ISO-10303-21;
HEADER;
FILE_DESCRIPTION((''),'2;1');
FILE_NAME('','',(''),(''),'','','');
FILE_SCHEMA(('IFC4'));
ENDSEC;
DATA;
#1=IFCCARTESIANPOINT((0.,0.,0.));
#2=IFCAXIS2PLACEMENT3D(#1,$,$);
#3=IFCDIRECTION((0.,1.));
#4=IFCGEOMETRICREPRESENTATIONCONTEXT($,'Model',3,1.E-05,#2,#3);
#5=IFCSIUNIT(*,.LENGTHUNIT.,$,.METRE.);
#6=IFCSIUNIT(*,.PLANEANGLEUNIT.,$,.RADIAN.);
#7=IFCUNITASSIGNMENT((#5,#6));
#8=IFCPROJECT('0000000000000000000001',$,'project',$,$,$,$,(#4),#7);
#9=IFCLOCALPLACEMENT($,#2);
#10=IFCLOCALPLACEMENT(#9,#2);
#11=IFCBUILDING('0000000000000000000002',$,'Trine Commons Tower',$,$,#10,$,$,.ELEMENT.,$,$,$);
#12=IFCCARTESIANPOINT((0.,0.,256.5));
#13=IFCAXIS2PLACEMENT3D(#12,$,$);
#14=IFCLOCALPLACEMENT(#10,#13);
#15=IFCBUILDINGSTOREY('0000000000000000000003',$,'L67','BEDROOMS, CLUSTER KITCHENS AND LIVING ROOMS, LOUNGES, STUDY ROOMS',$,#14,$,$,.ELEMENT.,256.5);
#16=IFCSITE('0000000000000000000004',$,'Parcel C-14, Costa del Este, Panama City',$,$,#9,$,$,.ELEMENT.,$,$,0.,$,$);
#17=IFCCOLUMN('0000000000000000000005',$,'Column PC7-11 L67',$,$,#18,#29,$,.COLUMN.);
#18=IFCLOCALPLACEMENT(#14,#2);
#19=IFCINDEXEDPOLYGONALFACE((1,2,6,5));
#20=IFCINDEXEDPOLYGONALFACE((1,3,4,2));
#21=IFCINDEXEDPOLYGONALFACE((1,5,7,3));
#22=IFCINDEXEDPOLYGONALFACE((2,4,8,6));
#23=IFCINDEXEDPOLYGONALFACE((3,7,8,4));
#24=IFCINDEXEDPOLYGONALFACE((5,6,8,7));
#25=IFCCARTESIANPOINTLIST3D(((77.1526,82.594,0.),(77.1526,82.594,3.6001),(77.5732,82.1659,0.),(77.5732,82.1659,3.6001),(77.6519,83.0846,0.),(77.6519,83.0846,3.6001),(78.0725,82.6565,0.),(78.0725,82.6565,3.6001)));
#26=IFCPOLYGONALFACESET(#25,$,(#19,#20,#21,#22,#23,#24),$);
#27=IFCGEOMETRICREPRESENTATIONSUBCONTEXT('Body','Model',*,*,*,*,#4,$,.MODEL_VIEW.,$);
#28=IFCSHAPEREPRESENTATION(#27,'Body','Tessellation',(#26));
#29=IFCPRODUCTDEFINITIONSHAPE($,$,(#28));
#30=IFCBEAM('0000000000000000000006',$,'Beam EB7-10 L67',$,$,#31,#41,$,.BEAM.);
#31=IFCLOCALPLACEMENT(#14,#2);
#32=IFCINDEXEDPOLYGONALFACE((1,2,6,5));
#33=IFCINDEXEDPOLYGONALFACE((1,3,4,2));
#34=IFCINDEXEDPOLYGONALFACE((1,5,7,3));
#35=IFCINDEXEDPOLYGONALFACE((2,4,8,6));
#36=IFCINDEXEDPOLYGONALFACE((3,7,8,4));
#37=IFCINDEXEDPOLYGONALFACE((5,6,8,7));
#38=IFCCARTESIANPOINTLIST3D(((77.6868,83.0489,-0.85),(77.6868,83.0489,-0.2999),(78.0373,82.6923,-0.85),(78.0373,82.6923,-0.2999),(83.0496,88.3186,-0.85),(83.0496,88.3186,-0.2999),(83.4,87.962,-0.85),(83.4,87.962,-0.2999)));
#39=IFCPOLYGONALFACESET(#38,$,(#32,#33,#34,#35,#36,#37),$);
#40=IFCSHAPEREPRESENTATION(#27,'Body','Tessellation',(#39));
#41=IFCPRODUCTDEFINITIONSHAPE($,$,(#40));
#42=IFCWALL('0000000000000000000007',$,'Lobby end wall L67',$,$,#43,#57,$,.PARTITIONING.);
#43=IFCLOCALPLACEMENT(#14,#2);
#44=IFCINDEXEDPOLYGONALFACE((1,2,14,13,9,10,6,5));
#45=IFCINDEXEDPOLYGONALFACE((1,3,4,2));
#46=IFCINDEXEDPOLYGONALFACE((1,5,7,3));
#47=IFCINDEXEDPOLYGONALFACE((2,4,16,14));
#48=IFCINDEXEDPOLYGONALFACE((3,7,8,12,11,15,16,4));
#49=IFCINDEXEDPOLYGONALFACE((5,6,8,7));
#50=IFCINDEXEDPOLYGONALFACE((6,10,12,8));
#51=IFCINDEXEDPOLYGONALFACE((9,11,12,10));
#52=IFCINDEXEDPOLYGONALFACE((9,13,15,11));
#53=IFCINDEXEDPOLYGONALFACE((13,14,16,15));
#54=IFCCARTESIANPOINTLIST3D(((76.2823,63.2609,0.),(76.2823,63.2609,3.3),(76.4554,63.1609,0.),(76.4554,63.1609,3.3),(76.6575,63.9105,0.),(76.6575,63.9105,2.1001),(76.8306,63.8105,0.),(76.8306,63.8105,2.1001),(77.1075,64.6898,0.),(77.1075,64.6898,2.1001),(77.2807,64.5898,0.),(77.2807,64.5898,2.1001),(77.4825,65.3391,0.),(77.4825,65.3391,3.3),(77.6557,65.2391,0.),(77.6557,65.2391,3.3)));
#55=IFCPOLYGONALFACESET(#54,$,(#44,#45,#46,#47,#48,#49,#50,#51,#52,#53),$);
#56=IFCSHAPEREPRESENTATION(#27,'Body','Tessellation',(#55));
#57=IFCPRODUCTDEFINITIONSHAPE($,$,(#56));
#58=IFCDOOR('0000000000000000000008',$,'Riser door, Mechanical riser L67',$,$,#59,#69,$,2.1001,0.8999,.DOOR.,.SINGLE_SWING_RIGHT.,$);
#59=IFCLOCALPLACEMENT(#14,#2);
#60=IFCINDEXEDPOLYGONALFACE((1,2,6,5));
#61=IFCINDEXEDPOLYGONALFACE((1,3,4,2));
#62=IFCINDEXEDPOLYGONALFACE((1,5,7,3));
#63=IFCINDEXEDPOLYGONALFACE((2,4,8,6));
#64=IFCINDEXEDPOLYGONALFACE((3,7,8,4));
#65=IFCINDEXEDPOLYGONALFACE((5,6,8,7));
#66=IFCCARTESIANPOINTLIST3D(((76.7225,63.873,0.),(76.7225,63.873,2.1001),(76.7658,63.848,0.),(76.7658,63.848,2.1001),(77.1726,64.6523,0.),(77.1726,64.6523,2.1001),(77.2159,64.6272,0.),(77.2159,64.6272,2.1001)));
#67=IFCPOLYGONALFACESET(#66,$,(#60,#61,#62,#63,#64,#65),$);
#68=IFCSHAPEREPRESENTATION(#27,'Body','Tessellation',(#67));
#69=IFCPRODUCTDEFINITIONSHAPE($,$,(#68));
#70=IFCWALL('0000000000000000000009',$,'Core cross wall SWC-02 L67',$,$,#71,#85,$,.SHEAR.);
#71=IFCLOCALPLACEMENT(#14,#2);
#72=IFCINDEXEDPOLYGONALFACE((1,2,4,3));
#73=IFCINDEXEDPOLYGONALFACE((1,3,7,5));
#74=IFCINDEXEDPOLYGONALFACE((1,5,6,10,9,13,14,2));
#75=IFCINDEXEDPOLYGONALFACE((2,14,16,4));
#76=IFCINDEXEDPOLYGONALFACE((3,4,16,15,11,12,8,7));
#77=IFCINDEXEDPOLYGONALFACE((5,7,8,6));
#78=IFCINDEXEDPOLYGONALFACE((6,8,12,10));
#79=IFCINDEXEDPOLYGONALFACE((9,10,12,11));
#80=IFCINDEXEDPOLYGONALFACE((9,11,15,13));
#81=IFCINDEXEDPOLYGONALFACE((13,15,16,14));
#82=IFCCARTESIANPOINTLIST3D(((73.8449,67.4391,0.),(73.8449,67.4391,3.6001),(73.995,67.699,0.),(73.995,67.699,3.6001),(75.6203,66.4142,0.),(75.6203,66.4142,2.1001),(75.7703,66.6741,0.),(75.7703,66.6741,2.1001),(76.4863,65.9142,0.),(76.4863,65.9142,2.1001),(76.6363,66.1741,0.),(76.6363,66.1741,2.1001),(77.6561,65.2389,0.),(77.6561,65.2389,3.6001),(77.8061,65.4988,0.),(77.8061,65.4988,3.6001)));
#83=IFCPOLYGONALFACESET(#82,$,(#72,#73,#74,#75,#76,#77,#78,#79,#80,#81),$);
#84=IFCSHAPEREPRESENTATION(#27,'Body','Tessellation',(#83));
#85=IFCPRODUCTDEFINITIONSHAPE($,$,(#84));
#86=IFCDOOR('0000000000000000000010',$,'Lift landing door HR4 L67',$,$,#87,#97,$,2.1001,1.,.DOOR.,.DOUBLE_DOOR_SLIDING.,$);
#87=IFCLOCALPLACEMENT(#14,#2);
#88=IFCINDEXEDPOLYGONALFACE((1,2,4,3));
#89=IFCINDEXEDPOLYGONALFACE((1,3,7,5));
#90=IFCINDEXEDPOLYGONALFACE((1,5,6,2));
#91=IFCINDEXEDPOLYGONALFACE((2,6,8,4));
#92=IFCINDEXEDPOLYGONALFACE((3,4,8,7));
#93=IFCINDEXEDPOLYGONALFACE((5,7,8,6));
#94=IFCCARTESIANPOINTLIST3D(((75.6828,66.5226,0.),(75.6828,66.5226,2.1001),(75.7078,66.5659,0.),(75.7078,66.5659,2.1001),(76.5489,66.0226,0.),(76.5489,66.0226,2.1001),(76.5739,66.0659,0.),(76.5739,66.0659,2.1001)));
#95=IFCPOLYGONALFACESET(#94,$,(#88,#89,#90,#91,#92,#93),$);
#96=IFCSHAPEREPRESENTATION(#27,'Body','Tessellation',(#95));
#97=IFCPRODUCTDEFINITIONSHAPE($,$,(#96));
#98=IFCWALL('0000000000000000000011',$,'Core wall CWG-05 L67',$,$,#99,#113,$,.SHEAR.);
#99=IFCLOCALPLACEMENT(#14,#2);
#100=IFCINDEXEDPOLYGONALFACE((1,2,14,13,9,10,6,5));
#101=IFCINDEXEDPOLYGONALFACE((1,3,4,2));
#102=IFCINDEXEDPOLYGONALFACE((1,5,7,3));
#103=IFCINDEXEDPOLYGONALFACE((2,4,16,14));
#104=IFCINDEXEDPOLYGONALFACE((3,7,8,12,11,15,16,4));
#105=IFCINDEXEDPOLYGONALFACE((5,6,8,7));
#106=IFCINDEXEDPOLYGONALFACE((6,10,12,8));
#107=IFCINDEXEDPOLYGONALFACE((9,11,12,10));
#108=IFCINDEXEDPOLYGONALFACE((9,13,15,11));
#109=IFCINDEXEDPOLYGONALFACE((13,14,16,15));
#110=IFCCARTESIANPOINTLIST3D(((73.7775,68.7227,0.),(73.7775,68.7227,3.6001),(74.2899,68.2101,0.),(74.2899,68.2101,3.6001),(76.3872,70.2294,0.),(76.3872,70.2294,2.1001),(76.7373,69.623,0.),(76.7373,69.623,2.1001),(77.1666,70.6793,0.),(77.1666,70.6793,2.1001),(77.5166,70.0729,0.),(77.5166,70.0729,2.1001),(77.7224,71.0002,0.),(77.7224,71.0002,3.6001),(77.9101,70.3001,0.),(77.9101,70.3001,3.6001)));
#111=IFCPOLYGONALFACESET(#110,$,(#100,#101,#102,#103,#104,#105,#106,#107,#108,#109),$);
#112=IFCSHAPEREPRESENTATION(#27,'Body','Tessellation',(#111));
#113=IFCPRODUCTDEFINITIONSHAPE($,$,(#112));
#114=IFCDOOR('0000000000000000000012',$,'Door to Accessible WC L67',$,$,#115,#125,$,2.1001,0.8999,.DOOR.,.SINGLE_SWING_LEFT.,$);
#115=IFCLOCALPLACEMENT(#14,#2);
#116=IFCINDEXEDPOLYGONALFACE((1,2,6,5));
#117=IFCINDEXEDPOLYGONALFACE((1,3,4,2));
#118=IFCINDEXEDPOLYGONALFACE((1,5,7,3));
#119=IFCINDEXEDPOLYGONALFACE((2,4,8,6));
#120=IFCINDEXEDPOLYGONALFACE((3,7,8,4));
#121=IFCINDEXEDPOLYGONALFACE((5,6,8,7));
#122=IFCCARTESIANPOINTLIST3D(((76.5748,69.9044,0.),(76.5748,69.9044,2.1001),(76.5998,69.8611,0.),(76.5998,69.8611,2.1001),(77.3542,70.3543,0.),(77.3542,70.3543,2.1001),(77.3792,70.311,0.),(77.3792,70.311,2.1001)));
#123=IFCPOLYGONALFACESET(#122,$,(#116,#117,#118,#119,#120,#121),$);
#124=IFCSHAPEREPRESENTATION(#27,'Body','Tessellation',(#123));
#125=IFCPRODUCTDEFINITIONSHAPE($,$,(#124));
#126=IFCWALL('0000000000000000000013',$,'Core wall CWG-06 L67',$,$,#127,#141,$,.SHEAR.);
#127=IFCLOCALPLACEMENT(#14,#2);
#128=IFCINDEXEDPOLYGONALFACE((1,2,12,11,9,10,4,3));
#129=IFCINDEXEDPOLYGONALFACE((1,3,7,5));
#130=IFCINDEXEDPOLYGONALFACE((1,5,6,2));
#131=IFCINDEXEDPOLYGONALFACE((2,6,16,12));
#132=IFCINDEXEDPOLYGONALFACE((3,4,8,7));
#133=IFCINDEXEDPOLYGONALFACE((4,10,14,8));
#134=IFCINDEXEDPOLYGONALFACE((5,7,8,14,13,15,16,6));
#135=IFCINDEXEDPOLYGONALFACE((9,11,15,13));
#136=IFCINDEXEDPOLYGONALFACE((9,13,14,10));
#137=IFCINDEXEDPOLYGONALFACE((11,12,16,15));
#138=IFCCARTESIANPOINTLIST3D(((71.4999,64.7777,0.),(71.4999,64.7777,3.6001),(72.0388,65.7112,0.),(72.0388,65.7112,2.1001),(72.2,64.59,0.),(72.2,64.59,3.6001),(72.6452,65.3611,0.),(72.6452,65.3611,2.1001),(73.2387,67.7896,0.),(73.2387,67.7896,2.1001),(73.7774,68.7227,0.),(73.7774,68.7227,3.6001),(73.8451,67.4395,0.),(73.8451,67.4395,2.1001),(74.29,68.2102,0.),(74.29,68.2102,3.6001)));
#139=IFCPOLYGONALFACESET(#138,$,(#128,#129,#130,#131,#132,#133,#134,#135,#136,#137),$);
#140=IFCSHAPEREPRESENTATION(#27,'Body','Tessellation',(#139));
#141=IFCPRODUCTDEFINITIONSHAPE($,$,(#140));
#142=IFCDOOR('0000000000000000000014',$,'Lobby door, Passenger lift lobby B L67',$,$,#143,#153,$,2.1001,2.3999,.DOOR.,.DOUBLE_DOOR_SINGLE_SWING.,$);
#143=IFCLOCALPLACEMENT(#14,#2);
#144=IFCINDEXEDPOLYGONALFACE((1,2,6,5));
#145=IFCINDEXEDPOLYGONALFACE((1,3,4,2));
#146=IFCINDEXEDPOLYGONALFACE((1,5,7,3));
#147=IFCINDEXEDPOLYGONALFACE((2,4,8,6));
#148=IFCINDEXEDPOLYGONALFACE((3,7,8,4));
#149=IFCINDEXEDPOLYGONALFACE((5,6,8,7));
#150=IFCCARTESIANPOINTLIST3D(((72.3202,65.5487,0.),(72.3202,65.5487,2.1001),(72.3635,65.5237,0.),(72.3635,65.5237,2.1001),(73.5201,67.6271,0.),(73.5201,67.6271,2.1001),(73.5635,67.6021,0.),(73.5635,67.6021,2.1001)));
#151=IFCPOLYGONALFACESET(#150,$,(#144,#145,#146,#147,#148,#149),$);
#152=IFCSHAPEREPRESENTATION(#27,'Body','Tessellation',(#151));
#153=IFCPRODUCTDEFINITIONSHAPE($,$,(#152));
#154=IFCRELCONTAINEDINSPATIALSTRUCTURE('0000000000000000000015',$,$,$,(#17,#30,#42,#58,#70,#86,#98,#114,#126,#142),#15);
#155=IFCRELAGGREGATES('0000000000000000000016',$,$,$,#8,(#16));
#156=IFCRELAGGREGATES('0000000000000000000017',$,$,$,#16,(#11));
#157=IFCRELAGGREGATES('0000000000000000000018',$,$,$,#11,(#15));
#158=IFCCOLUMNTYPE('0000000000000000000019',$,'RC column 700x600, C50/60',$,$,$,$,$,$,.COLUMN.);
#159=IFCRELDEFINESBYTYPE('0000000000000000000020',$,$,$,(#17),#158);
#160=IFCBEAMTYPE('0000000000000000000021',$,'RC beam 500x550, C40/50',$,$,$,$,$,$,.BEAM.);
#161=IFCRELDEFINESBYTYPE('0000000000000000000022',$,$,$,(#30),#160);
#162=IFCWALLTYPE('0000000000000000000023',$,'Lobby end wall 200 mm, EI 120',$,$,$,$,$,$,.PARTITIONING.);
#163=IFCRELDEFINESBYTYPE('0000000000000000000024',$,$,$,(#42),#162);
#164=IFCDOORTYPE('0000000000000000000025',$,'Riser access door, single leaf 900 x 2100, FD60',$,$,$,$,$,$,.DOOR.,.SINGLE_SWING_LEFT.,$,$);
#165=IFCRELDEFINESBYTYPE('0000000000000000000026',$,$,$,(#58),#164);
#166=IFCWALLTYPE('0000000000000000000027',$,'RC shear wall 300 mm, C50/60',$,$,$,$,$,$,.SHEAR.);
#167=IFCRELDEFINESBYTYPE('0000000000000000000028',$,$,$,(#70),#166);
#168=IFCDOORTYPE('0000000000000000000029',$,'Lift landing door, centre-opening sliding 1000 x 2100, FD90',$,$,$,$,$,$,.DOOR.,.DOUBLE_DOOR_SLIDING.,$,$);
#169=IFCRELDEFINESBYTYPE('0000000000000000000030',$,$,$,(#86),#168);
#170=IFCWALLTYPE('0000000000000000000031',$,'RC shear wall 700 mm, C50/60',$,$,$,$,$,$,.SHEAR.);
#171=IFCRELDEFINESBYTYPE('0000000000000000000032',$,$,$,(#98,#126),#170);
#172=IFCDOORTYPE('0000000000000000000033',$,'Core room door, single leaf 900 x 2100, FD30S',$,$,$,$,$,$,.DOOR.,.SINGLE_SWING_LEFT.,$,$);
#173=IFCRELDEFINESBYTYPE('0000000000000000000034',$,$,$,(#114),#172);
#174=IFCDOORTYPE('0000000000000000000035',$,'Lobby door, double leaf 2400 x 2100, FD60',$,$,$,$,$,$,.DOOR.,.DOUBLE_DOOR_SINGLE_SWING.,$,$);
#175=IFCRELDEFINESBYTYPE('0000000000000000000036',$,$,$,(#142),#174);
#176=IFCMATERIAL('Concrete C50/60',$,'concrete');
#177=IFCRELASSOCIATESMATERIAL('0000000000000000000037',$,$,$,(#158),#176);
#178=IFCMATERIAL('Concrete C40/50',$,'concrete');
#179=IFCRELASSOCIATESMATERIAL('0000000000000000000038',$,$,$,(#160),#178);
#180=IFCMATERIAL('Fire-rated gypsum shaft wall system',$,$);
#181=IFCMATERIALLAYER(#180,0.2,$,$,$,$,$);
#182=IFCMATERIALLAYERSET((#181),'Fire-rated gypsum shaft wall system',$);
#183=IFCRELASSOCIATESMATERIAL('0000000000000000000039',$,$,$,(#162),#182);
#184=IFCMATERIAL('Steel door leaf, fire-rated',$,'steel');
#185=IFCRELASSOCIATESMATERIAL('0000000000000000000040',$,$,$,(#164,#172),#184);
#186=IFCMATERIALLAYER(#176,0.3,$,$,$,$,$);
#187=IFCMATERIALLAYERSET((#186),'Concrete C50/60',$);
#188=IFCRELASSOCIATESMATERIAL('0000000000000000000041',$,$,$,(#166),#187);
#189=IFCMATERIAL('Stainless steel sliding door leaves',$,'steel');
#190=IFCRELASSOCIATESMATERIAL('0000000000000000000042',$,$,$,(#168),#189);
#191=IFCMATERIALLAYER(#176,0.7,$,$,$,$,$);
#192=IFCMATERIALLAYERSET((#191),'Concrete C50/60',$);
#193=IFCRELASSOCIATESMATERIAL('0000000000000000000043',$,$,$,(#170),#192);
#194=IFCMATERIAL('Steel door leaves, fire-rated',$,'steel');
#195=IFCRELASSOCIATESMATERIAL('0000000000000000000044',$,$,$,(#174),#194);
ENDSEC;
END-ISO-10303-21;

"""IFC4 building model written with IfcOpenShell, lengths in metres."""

from ifc_helpers import new_model, si_unit, direction, frame, frame_2d, origin, origin_2d, place, context, subcontext, project, spatial, polyline, rectangle, outline, extrude, material, layer, layer_set, material_profile, profile_set, type_object, element, fill, save


model = new_model("IFC4")

# Units and contexts
model_context = context("Model", 3, precision=1e-05, world=origin(), true_north=direction((0.0, 1.0)))
body_context = subcontext(model_context, "Body", "Model", "MODEL_VIEW")
ifc_project = project(units=[si_unit("LENGTHUNIT", "METRE"), si_unit("PLANEANGLEUNIT", "RADIAN")], contexts=[model_context])

# Site, building, storey
site_placement = place(None, origin())
site = spatial("IfcSite", under=ifc_project, at=site_placement, Name="Parcel C-14, Costa del Este, Panama City", CompositionType="ELEMENT", RefElevation=0.0)
building_placement = place(site_placement, origin())
building = spatial("IfcBuilding", under=site, at=building_placement, Name="Trine Commons Tower", CompositionType="ELEMENT")
storey_placement = place(building_placement, frame((0.0, 0.0, 256.5)))
storey = spatial("IfcBuildingStorey", under=building, at=storey_placement, Name="L67", Description="BEDROOMS, CLUSTER KITCHENS AND LIVING ROOMS, LOUNGES, STUDY ROOMS", CompositionType="ELEMENT", Elevation=256.5)

# Column
ifc_material_1 = material(Name="Concrete C50/60", Category="concrete")
ifc_material_profile_1 = material_profile(ifc_material_1, rectangle(XDim=0.7, YDim=0.6001, at=origin_2d()), Name="RC 700x600")
ifc_profile_set_1 = profile_set([ifc_material_profile_1], Name="Concrete C50/60")
column_type = type_object("IfcColumnType", Name="RC column 700x600, C50/60", PredefinedType="COLUMN", material=ifc_profile_set_1)
column_placement = place(storey_placement, frame((77.6125, 82.6252, 0.0), z_axis=(0.0, 0.0, 1.0), x_axis=(0.71325, 0.700909, 0.0)))
element("IfcColumn", 1, at=column_placement, inside=storey, type_object=column_type, Name="Column PC7-11 L67", PredefinedType="COLUMN", context=body_context, shape_type="SweptSolid", body=[
    extrude(rectangle(XDim=0.7, YDim=0.6001, at=origin_2d()), origin(), (0.0, 0.0, 1.0), 3.6001),
])

# Beam
ifc_material_2 = material(Name="Concrete C40/50", Category="concrete")
ifc_material_profile_2 = material_profile(ifc_material_2, rectangle(XDim=0.5, YDim=0.55, at=origin_2d()), Name="RC 500x550")
ifc_profile_set_2 = profile_set([ifc_material_profile_2], Name="Concrete C40/50")
beam_type = type_object("IfcBeamType", Name="RC beam 500x550, C40/50", PredefinedType="BEAM", material=ifc_profile_set_2)
beam_placement = place(storey_placement, frame((77.8621, 82.8706, -0.575), z_axis=(0.713266, 0.700894, 0.0), x_axis=(-0.700894, 0.713266, 0.0)))
element("IfcBeam", 2, at=beam_placement, inside=storey, type_object=beam_type, Name="Beam EB7-10 L67", PredefinedType="BEAM", context=body_context, shape_type="SweptSolid", body=[
    extrude(rectangle(XDim=0.5, YDim=0.55, at=origin_2d()), origin(), (0.0, 0.0, 1.0), 7.5186),
])

# Walls, openings, doors
ifc_material_3 = material(Name="Fire-rated gypsum shaft wall system")
ifc_layer_1 = layer(ifc_material_3, 0.2)
ifc_layer_set_1 = layer_set([ifc_layer_1], Name="Fire-rated gypsum shaft wall system")
wall_type_1 = type_object("IfcWallType", Name="Lobby end wall 200 mm, EI 120", PredefinedType="PARTITIONING", material=ifc_layer_set_1)
wall_1_placement = place(storey_placement, frame((77.5691, 65.2891, 0.0), z_axis=(0.0, 0.0, 1.0), x_axis=(-0.500122, -0.865955, 0.0)))
wall_1 = element("IfcWall", 3, at=wall_1_placement, inside=storey, type_object=wall_type_1, Name="Lobby end wall L67", PredefinedType="PARTITIONING", context=body_context, shape_type="SweptSolid", body=[
    extrude(rectangle(XDim=2.3999, YDim=0.2, at=frame_2d((1.2, 0.0))), origin(), (0.0, 0.0, 1.0), 3.3),
])
opening_1_placement = place(wall_1_placement, frame((0.7498, 0.0, 0.0)))
opening_1 = element("IfcOpeningElement", 4, at=opening_1_placement, cuts=wall_1, PredefinedType="OPENING", context=body_context, shape_type="SweptSolid", body=[
    extrude(rectangle(XDim=0.8999, YDim=2.1001, at=frame_2d((0.45, 1.05))), frame((0.0, 0.1099, 0.0), z_axis=(0.0, -1.0, 0.0), x_axis=(1.0, 0.0, 0.0)), (0.0, 0.0, 1.0), 0.22),
])
ifc_material_4 = material(Name="Steel door leaf, fire-rated", Category="steel")
door_type_1 = type_object("IfcDoorType", Name="Riser access door, single leaf 900 x 2100, FD60", OperationType="SINGLE_SWING_LEFT", PredefinedType="DOOR", material=ifc_material_4)
door_1_placement = place(opening_1_placement, frame((0.8999, 0.0, 0.0), z_axis=(0.0, 0.0, 1.0), x_axis=(-1.0, 0.0, 0.0)))
door_1 = element("IfcDoor", 5, at=door_1_placement, inside=storey, type_object=door_type_1, Name="Riser door, Mechanical riser L67", OperationType="SINGLE_SWING_RIGHT", OverallHeight=2.1001, OverallWidth=0.8999, PredefinedType="DOOR", context=body_context, shape_type="SweptSolid", body=[
    extrude(rectangle(XDim=0.8999, YDim=2.1001, at=frame_2d((0.45, 1.05))), frame((0.0, 0.0249, 0.0), z_axis=(0.0, -1.0, 0.0), x_axis=(1.0, 0.0, 0.0)), (0.0, 0.0, 1.0), 0.05),
])
fill(opening_1, door_1)
ifc_layer_2 = layer(ifc_material_1, 0.3)
ifc_layer_set_2 = layer_set([ifc_layer_2], Name="Concrete C50/60")
wall_type_2 = type_object("IfcWallType", Name="RC shear wall 300 mm, C50/60", PredefinedType="SHEAR", material=ifc_layer_set_2)
wall_2_placement = place(storey_placement, frame((77.731, 65.3689, 0.0), z_axis=(0.0, 0.0, 1.0), x_axis=(-0.866036, 0.499982, 0.0)))
wall_2 = element("IfcWall", 6, at=wall_2_placement, inside=storey, type_object=wall_type_2, Name="Core cross wall SWC-02 L67", PredefinedType="SHEAR", context=body_context, shape_type="SweptSolid", body=[
    extrude(rectangle(XDim=4.4006, YDim=0.3, at=frame_2d((2.2002, 0.0))), origin(), (0.0, 0.0, 1.0), 3.6001),
])
opening_2_placement = place(wall_2_placement, frame((1.3506, 0.0, 0.0)))
opening_2 = element("IfcOpeningElement", 7, at=opening_2_placement, cuts=wall_2, PredefinedType="OPENING", context=body_context, shape_type="SweptSolid", body=[
    extrude(rectangle(XDim=1.0, YDim=2.1001, at=frame_2d((0.5, 1.05))), frame((0.0, 0.1599, 0.0), z_axis=(0.0, -1.0, 0.0), x_axis=(1.0, 0.0, 0.0)), (0.0, 0.0, 1.0), 0.3201),
])
ifc_material_5 = material(Name="Stainless steel sliding door leaves", Category="steel")
door_type_2 = type_object("IfcDoorType", Name="Lift landing door, centre-opening sliding 1000 x 2100, FD90", OperationType="DOUBLE_DOOR_SLIDING", PredefinedType="DOOR", material=ifc_material_5)
door_2_placement = place(opening_2_placement, origin())
door_2 = element("IfcDoor", 8, at=door_2_placement, inside=storey, type_object=door_type_2, Name="Lift landing door HR4 L67", OperationType="DOUBLE_DOOR_SLIDING", OverallHeight=2.1001, OverallWidth=1.0, PredefinedType="DOOR", context=body_context, shape_type="SweptSolid", body=[
    extrude(rectangle(XDim=1.0, YDim=2.1001, at=frame_2d((0.5, 1.05))), frame((0.0, 0.0249, 0.0), z_axis=(0.0, -1.0, 0.0), x_axis=(1.0, 0.0, 0.0)), (0.0, 0.0, 1.0), 0.05),
])
fill(opening_2, door_2)
ifc_layer_3 = layer(ifc_material_1, 0.7)
ifc_layer_set_3 = layer_set([ifc_layer_3], Name="Concrete C50/60")
wall_type_3 = type_object("IfcWallType", Name="RC shear wall 700 mm, C50/60", PredefinedType="SHEAR", material=ifc_layer_set_3)
wall_3_placement = place(storey_placement, frame((77.8975, 70.697, 0.0), z_axis=(0.0, 0.0, 1.0), x_axis=(-0.866035, -0.499984, 0.0)))
wall_3 = element("IfcWall", 9, at=wall_3_placement, inside=storey, type_object=wall_type_3, Name="Core wall CWG-05 L67", PredefinedType="SHEAR", context=body_context, shape_type="SweptSolid", body=[
    extrude(outline(polyline([(0.0, -0.3501), (4.5552, -0.3501), (4.3677, 0.3501), (0.1875, 0.3501), (0.0, -0.3501)])), origin(), (0.0, 0.0, 1.0), 3.6001),
])
opening_3_placement = place(wall_3_placement, frame((0.6418, 0.0, 0.0)))
opening_3 = element("IfcOpeningElement", 10, at=opening_3_placement, cuts=wall_3, PredefinedType="OPENING", context=body_context, shape_type="SweptSolid", body=[
    extrude(rectangle(XDim=0.8999, YDim=2.1001, at=frame_2d((0.45, 1.05))), frame((0.0, 0.3599, 0.0), z_axis=(0.0, -1.0, 0.0), x_axis=(1.0, 0.0, 0.0)), (0.0, 0.0, 1.0), 0.72),
])
door_type_3 = type_object("IfcDoorType", Name="Core room door, single leaf 900 x 2100, FD30S", OperationType="SINGLE_SWING_LEFT", PredefinedType="DOOR", material=ifc_material_4)
door_3_placement = place(opening_3_placement, origin())
door_3 = element("IfcDoor", 11, at=door_3_placement, inside=storey, type_object=door_type_3, Name="Door to Accessible WC L67", OperationType="SINGLE_SWING_LEFT", OverallHeight=2.1001, OverallWidth=0.8999, PredefinedType="DOOR", context=body_context, shape_type="SweptSolid", body=[
    extrude(rectangle(XDim=0.8999, YDim=2.1001, at=frame_2d((0.45, 1.05))), frame((0.0, 0.0752, 0.0), z_axis=(0.0, -1.0, 0.0), x_axis=(1.0, 0.0, 0.0)), (0.0, 0.0, 1.0), 0.05),
])
fill(opening_3, door_3)
wall_4_placement = place(storey_placement, frame((74.0806, 68.5476, 0.0), z_axis=(0.0, 0.0, 1.0), x_axis=(-0.499984, -0.866035, 0.0)))
wall_4 = element("IfcWall", 12, at=wall_4_placement, inside=storey, type_object=wall_type_3, Name="Core wall CWG-06 L67", PredefinedType="SHEAR", context=body_context, shape_type="SweptSolid", body=[
    extrude(outline(polyline([(0.0, -0.3501), (4.5552, -0.3501), (4.3677, 0.3501), (0.1875, 0.3501), (0.0, -0.3501)])), origin(), (0.0, 0.0, 1.0), 3.6001),
])
opening_4_placement = place(wall_4_placement, frame((1.0774, 0.0, 0.0)))
opening_4 = element("IfcOpeningElement", 13, at=opening_4_placement, cuts=wall_4, PredefinedType="OPENING", context=body_context, shape_type="SweptSolid", body=[
    extrude(rectangle(XDim=2.3999, YDim=2.1001, at=frame_2d((1.2, 1.05))), frame((0.0, 0.3599, 0.0), z_axis=(0.0, -1.0, 0.0), x_axis=(1.0, 0.0, 0.0)), (0.0, 0.0, 1.0), 0.72),
])
ifc_material_6 = material(Name="Steel door leaves, fire-rated", Category="steel")
door_type_4 = type_object("IfcDoorType", Name="Lobby door, double leaf 2400 x 2100, FD60", OperationType="DOUBLE_DOOR_SINGLE_SWING", PredefinedType="DOOR", material=ifc_material_6)
door_4_placement = place(opening_4_placement, origin())
door_4 = element("IfcDoor", 14, at=door_4_placement, inside=storey, type_object=door_type_4, Name="Lobby door, Passenger lift lobby B L67", OperationType="DOUBLE_DOOR_SINGLE_SWING", OverallHeight=2.1001, OverallWidth=2.3999, PredefinedType="DOOR", context=body_context, shape_type="SweptSolid", body=[
    extrude(rectangle(XDim=2.3999, YDim=2.1001, at=frame_2d((1.2, 1.05))), frame((0.0, 0.0249, 0.0), z_axis=(0.0, -1.0, 0.0), x_axis=(1.0, 0.0, 0.0)), (0.0, 0.0, 1.0), 0.05),
])
fill(opening_4, door_4)

save(model, "model.ifc")
